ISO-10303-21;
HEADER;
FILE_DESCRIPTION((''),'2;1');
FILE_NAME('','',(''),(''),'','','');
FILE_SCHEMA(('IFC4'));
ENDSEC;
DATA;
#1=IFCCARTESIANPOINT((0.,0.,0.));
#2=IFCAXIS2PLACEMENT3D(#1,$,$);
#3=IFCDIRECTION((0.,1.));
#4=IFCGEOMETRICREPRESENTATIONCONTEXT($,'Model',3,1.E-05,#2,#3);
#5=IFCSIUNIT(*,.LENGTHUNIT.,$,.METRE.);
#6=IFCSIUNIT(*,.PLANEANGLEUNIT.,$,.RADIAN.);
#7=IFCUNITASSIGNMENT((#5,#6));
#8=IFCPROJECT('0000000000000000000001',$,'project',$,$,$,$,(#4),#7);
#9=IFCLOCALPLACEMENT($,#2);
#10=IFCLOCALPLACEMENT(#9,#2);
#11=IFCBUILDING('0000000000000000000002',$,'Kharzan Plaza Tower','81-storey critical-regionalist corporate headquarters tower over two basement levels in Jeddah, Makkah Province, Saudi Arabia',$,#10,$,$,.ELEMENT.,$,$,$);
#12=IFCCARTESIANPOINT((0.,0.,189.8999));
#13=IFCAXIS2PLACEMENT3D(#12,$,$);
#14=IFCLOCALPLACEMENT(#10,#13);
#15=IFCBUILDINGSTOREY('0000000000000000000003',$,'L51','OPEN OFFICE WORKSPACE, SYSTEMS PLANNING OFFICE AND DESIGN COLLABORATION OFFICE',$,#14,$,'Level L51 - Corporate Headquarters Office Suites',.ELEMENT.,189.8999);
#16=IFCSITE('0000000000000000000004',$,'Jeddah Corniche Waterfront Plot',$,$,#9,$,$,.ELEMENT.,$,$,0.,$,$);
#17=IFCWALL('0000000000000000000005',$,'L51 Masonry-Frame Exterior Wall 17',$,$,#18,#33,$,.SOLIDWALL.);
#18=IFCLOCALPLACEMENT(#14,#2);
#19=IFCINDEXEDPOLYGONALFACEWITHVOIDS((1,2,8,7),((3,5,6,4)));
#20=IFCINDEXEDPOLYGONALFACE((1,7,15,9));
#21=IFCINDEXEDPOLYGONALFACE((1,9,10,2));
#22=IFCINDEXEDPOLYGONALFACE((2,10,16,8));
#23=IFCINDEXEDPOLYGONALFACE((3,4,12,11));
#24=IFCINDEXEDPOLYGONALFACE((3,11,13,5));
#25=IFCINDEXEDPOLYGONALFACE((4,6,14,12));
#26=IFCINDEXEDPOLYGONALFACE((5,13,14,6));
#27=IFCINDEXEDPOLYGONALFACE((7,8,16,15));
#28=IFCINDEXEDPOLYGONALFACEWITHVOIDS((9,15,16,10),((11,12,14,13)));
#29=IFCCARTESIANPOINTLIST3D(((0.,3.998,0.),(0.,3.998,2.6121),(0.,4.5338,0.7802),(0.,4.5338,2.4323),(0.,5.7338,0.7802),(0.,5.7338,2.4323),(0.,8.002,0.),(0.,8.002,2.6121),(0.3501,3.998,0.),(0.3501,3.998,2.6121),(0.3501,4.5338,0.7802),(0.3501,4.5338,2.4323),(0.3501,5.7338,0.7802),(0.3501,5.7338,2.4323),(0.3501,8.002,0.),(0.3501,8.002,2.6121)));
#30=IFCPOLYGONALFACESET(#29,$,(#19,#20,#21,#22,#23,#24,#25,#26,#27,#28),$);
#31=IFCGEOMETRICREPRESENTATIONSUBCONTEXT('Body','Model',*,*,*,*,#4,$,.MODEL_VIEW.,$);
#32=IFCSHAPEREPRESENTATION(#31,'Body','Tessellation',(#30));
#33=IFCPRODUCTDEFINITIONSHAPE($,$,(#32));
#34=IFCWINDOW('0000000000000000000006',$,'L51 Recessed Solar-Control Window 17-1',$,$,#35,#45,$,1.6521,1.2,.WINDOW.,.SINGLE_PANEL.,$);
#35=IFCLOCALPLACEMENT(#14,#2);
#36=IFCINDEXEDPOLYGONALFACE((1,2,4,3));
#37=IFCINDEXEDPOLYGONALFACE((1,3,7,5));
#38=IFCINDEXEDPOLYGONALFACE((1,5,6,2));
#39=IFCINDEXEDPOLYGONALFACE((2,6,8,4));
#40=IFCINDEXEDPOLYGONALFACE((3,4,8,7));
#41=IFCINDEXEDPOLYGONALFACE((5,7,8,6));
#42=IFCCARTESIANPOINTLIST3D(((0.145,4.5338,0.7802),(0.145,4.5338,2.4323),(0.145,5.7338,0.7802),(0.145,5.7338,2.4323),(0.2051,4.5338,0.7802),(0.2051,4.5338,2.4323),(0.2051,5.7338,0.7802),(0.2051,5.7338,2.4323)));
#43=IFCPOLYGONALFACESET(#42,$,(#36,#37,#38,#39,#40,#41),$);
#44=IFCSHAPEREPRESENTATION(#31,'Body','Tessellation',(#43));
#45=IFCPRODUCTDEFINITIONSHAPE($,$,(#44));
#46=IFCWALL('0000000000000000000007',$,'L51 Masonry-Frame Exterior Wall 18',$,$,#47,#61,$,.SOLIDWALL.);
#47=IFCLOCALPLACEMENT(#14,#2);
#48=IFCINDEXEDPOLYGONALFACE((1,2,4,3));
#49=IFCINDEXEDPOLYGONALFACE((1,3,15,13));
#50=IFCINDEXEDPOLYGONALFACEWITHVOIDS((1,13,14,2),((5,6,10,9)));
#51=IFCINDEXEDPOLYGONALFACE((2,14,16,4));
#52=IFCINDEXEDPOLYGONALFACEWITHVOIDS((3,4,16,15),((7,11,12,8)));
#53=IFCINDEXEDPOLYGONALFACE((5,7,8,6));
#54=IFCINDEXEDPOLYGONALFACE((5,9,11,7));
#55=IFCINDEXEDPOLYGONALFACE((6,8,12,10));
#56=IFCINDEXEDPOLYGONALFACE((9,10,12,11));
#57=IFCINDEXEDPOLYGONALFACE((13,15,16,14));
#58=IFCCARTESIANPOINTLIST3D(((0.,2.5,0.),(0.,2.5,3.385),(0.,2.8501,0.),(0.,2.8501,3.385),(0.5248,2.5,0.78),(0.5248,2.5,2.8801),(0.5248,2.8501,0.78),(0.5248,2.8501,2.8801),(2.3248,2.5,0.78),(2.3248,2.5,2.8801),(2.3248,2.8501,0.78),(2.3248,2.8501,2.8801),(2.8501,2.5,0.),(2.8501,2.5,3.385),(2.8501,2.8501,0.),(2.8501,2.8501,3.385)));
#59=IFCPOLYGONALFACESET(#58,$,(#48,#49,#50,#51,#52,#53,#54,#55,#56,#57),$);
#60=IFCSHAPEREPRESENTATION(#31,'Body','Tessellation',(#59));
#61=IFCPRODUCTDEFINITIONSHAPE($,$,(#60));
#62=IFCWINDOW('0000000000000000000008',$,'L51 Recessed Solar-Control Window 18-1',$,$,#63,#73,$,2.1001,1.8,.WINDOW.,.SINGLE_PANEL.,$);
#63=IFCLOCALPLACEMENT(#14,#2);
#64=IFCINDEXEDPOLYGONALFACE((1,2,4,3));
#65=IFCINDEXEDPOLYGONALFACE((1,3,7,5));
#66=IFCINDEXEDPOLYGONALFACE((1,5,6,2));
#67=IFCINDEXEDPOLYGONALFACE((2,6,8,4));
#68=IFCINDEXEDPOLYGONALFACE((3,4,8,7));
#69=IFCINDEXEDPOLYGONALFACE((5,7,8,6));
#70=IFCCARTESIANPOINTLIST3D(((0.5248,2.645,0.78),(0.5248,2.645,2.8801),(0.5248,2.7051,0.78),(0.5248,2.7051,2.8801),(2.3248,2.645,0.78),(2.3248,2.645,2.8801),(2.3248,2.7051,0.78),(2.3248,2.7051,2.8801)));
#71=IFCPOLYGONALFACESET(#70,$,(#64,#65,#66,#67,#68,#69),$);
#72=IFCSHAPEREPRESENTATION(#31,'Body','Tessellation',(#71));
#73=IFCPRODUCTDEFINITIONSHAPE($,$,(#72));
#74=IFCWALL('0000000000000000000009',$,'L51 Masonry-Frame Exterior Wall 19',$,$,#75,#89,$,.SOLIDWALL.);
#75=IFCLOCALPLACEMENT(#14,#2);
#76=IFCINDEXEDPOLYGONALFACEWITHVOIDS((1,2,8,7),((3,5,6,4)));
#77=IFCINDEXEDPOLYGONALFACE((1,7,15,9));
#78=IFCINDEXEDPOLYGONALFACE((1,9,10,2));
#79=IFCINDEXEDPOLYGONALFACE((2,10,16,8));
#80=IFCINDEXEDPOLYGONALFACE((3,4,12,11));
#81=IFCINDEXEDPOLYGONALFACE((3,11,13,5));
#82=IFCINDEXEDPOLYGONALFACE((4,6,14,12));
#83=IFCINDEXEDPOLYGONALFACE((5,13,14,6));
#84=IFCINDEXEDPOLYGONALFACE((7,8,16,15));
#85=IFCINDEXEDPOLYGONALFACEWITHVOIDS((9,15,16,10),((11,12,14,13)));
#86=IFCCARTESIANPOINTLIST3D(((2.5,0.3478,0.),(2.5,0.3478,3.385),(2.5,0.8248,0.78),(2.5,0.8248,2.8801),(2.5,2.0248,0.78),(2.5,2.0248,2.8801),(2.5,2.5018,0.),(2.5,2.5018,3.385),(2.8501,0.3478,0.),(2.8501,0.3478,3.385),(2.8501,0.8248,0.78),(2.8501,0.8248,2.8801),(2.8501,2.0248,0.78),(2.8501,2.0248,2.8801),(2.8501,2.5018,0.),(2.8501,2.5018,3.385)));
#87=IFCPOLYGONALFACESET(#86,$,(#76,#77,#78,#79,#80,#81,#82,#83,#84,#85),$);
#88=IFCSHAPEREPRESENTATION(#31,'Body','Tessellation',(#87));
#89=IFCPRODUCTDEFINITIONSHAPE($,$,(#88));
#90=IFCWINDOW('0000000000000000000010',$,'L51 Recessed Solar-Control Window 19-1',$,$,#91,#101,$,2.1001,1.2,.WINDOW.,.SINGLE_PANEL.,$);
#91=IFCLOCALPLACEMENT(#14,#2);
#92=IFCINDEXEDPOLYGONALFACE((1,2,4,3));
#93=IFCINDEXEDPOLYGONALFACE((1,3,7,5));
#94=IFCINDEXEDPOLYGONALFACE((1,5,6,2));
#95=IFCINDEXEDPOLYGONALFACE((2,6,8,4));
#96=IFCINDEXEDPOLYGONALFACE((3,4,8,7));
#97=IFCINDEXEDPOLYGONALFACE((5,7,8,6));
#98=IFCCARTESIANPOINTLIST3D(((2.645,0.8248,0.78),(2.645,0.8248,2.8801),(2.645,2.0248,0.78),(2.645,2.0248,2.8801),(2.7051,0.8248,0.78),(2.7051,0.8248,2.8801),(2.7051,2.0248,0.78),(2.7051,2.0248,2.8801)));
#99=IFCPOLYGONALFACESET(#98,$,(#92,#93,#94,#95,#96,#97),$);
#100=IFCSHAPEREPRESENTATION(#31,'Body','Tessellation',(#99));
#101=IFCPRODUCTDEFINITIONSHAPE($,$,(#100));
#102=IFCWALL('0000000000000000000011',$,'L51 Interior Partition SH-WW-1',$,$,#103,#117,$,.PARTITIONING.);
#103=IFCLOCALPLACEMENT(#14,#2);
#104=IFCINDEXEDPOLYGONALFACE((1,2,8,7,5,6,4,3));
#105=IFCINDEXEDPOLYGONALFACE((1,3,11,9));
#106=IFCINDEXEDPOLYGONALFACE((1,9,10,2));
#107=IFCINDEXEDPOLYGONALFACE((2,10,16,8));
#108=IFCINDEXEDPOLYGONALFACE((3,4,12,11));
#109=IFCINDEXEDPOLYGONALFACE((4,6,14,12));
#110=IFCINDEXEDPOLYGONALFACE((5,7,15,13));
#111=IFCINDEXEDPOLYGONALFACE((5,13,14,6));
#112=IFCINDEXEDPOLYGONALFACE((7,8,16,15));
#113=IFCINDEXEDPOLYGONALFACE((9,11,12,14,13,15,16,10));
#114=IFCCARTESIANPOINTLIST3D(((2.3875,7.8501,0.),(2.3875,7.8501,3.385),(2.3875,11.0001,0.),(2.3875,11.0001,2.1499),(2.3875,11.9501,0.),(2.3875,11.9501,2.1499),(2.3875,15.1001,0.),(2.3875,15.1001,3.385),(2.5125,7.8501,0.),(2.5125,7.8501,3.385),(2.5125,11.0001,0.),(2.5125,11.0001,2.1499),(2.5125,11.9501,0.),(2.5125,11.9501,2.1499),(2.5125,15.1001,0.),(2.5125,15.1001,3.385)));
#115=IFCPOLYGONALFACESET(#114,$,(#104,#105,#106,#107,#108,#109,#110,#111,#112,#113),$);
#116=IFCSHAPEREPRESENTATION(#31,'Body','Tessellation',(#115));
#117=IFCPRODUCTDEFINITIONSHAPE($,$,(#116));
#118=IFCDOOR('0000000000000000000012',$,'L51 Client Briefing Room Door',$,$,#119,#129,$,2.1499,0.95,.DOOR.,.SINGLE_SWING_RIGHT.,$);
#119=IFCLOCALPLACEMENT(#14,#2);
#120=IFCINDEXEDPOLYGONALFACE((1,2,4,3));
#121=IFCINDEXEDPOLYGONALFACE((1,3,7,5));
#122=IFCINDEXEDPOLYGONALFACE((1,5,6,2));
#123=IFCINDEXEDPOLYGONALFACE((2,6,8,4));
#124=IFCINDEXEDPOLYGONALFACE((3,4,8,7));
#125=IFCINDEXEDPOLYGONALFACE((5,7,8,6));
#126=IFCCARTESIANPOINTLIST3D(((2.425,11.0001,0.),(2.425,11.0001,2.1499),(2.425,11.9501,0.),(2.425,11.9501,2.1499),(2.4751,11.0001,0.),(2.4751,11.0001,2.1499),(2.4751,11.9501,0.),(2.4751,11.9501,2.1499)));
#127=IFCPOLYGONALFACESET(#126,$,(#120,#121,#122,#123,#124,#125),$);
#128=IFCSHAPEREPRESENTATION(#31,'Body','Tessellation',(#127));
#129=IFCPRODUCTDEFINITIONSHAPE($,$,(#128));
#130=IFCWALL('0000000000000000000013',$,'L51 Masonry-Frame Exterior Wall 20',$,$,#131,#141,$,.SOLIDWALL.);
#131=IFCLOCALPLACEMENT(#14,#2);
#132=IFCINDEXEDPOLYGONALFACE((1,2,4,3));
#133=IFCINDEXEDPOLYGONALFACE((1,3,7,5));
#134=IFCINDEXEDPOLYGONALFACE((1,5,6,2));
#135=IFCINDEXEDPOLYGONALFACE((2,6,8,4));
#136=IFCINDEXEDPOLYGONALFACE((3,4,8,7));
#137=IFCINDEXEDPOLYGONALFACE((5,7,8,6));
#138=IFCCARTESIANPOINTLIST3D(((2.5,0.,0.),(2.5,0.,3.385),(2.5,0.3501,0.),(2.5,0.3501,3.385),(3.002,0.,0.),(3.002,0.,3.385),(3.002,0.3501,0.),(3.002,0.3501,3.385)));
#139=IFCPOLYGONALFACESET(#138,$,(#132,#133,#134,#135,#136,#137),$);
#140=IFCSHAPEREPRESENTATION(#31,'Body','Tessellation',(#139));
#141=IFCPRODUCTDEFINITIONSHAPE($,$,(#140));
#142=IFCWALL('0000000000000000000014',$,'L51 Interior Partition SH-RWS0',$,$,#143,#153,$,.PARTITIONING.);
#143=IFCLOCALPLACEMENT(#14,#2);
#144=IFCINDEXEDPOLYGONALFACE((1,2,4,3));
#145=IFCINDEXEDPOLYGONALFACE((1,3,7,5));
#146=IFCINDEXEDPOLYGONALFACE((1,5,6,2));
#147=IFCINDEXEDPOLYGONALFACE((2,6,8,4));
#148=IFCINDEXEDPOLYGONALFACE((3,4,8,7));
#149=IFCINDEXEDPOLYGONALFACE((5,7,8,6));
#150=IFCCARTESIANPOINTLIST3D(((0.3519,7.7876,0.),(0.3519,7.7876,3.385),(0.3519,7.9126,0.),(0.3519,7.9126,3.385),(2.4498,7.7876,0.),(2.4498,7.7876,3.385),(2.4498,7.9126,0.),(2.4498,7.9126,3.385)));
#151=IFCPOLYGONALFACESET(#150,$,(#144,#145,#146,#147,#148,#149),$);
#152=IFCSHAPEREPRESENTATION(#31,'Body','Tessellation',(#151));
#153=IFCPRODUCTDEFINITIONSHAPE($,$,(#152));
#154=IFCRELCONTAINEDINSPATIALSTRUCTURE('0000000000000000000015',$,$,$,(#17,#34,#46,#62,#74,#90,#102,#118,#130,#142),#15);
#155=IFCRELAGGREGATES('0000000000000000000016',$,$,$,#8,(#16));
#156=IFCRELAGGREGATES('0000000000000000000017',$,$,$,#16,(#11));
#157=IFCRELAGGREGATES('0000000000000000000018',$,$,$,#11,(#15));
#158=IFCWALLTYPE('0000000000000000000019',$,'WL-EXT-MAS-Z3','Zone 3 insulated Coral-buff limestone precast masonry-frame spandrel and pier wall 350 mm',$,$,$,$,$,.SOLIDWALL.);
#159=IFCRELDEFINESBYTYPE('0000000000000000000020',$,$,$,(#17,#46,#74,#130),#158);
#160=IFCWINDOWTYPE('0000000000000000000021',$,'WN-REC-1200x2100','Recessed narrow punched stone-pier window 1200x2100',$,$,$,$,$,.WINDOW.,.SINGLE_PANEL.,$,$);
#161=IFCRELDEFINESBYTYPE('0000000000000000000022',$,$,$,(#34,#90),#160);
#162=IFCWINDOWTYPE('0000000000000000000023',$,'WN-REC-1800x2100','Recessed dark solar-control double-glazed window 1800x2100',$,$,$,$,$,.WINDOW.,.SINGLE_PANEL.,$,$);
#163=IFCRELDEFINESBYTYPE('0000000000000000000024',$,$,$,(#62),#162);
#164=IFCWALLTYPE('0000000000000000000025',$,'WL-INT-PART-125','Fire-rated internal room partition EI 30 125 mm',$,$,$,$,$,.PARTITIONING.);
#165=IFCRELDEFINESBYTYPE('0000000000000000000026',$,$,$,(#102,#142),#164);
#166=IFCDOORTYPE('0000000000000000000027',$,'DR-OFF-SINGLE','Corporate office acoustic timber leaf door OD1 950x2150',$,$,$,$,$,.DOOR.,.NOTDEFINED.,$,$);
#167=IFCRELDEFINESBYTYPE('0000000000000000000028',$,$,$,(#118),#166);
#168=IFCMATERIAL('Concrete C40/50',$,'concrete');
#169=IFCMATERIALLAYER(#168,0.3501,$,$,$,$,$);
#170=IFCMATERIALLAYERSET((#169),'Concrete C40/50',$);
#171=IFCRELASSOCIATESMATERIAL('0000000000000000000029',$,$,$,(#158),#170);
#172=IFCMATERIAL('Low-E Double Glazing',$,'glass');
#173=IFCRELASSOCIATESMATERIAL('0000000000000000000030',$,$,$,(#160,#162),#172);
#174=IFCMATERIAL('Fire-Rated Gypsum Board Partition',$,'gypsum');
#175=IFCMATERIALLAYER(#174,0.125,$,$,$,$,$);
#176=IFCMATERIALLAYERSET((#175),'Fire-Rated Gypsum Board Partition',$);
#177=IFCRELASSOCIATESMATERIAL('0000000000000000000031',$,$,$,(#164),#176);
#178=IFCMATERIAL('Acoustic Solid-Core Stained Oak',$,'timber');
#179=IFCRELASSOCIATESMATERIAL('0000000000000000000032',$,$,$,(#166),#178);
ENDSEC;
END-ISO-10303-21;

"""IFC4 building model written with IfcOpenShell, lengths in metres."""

from ifc_helpers import new_model, si_unit, direction, frame, frame_2d, origin, place, context, subcontext, project, spatial, rectangle, extrude, source, transform, mapped, material, layer, layer_set, type_object, element, fill, save


model = new_model("IFC4")

# Units and contexts
model_context = context("Model", 3, precision=1e-05, world=origin(), true_north=direction((0.0, 1.0)))
body_context = subcontext(model_context, "Body", "Model", "MODEL_VIEW")
ifc_project = project(units=[si_unit("LENGTHUNIT", "METRE"), si_unit("PLANEANGLEUNIT", "RADIAN")], contexts=[model_context])

# Site, building, storey
site_placement = place(None, origin())
site = spatial("IfcSite", under=ifc_project, at=site_placement, Name="Jeddah Corniche Waterfront Plot", CompositionType="ELEMENT", RefElevation=0.0)
building_placement = place(site_placement, origin())
building = spatial("IfcBuilding", under=site, at=building_placement, Name="Kharzan Plaza Tower", Description="81-storey critical-regionalist corporate headquarters tower over two basement levels in Jeddah, Makkah Province, Saudi Arabia", CompositionType="ELEMENT")
storey_placement = place(building_placement, frame((0.0, 0.0, 189.8999)))
storey = spatial("IfcBuildingStorey", under=building, at=storey_placement, Name="L51", Description="OPEN OFFICE WORKSPACE, SYSTEMS PLANNING OFFICE AND DESIGN COLLABORATION OFFICE", LongName="Level L51 - Corporate Headquarters Office Suites", CompositionType="ELEMENT", Elevation=189.8999)

# Shared definitions
ifc_material_1 = material(Name="Concrete C40/50", Category="concrete")

# Walls, openings, windows
ifc_layer_1 = layer(ifc_material_1, 0.3501)
ifc_layer_set_1 = layer_set([ifc_layer_1], Name="Concrete C40/50")
wall_type_1 = type_object("IfcWallType", Name="WL-EXT-MAS-Z3", Description="Zone 3 insulated Coral-buff limestone precast masonry-frame spandrel and pier wall 350 mm", PredefinedType="SOLIDWALL", material=ifc_layer_set_1)
wall_1_placement = place(storey_placement, frame((0.175, 8.002, 0.0), z_axis=(0.0, 0.0, 1.0), x_axis=(0.0, -1.0, 0.0)))
wall_1 = element("IfcWall", 1, at=wall_1_placement, inside=storey, type_object=wall_type_1, Name="L51 Masonry-Frame Exterior Wall 17", PredefinedType="SOLIDWALL", context=body_context, shape_type="SweptSolid", body=[
    extrude(rectangle(XDim=4.0039, YDim=0.3501, at=frame_2d((2.002, 0.0))), origin(), (0.0, 0.0, 1.0), 2.6121),
])
opening_1_placement = place(wall_1_placement, frame((2.2681, 0.0, 0.78)))
opening_1 = element("IfcOpeningElement", 2, at=opening_1_placement, cuts=wall_1, PredefinedType="OPENING", context=body_context, shape_type="SweptSolid", body=[
    extrude(rectangle(XDim=1.2, YDim=1.6521, at=frame_2d((0.6001, 0.8262))), frame((0.0, 0.1851, 0.0), z_axis=(0.0, -1.0, 0.0), x_axis=(1.0, 0.0, 0.0)), (0.0, 0.0, 1.0), 0.3701),
])
ifc_material_2 = material(Name="Low-E Double Glazing", Category="glass")
window_type_1 = type_object("IfcWindowType", Name="WN-REC-1200x2100", Description="Recessed narrow punched stone-pier window 1200x2100", PartitioningType="SINGLE_PANEL", PredefinedType="WINDOW", material=ifc_material_2)
shared_shape_1 = source(origin(), body_context, "Body", "SweptSolid", [
    extrude(rectangle(XDim=1.2, YDim=1.6521, at=frame_2d((0.6001, 0.8262))), frame((0.0, 0.03, 0.0), z_axis=(0.0, -1.0, 0.0), x_axis=(1.0, 0.0, 0.0)), (0.0, 0.0, 1.0), 0.0601),
])
window_1_placement = place(opening_1_placement, origin())
window_1 = element("IfcWindow", 3, at=window_1_placement, inside=storey, type_object=window_type_1, Name="L51 Recessed Solar-Control Window 17-1", OverallHeight=1.6521, OverallWidth=1.2, PartitioningType="SINGLE_PANEL", PredefinedType="WINDOW", context=body_context, shape_type="MappedRepresentation", body=[
    mapped(shared_shape_1, transform((0.0, 0.0, 0.0), x_axis=(1.0, 0.0, 0.0), y_axis=(0.0, 1.0, 0.0), z_axis=(0.0, 0.0, 1.0))),
])
fill(opening_1, window_1)
wall_2_placement = place(storey_placement, frame((0.0, 2.675, 0.0), z_axis=(0.0, 0.0, 1.0), x_axis=(1.0, 0.0, 0.0)))
wall_2 = element("IfcWall", 4, at=wall_2_placement, inside=storey, type_object=wall_type_1, Name="L51 Masonry-Frame Exterior Wall 18", PredefinedType="SOLIDWALL", context=body_context, shape_type="SweptSolid", body=[
    extrude(rectangle(XDim=2.8501, YDim=0.3501, at=frame_2d((1.425, 0.0))), origin(), (0.0, 0.0, 1.0), 3.385),
])
opening_2_placement = place(wall_2_placement, frame((0.5249, 0.0, 0.78)))
opening_2 = element("IfcOpeningElement", 5, at=opening_2_placement, cuts=wall_2, PredefinedType="OPENING", context=body_context, shape_type="SweptSolid", body=[
    extrude(rectangle(XDim=1.8, YDim=2.1001, at=frame_2d((0.8999, 1.05))), frame((0.0, 0.1851, 0.0), z_axis=(0.0, -1.0, 0.0), x_axis=(1.0, 0.0, 0.0)), (0.0, 0.0, 1.0), 0.3701),
])
window_type_2 = type_object("IfcWindowType", Name="WN-REC-1800x2100", Description="Recessed dark solar-control double-glazed window 1800x2100", PartitioningType="SINGLE_PANEL", PredefinedType="WINDOW", material=ifc_material_2)
shared_shape_2 = source(origin(), body_context, "Body", "SweptSolid", [
    extrude(rectangle(XDim=1.8, YDim=2.1001, at=frame_2d((0.8999, 1.05))), frame((0.0, 0.03, 0.0), z_axis=(0.0, -1.0, 0.0), x_axis=(1.0, 0.0, 0.0)), (0.0, 0.0, 1.0), 0.0601),
])
window_2_placement = place(opening_2_placement, origin())
window_2 = element("IfcWindow", 6, at=window_2_placement, inside=storey, type_object=window_type_2, Name="L51 Recessed Solar-Control Window 18-1", OverallHeight=2.1001, OverallWidth=1.8, PartitioningType="SINGLE_PANEL", PredefinedType="WINDOW", context=body_context, shape_type="MappedRepresentation", body=[
    mapped(shared_shape_2, transform((0.0, 0.0, 0.0), x_axis=(1.0, 0.0, 0.0), y_axis=(0.0, 1.0, 0.0), z_axis=(0.0, 0.0, 1.0))),
])
fill(opening_2, window_2)
wall_3_placement = place(storey_placement, frame((2.675, 2.502, 0.0), z_axis=(0.0, 0.0, 1.0), x_axis=(0.0, -1.0, 0.0)))
wall_3 = element("IfcWall", 7, at=wall_3_placement, inside=storey, type_object=wall_type_1, Name="L51 Masonry-Frame Exterior Wall 19", PredefinedType="SOLIDWALL", context=body_context, shape_type="SweptSolid", body=[
    extrude(rectangle(XDim=2.1541, YDim=0.3501, at=frame_2d((1.0771, 0.0))), origin(), (0.0, 0.0, 1.0), 3.385),
])
opening_3_placement = place(wall_3_placement, frame((0.4771, 0.0, 0.78)))
opening_3 = element("IfcOpeningElement", 8, at=opening_3_placement, cuts=wall_3, PredefinedType="OPENING", context=body_context, shape_type="SweptSolid", body=[
    extrude(rectangle(XDim=1.2, YDim=2.1001, at=frame_2d((0.6001, 1.05))), frame((0.0, 0.1851, 0.0), z_axis=(0.0, -1.0, 0.0), x_axis=(1.0, 0.0, 0.0)), (0.0, 0.0, 1.0), 0.3701),
])
shared_shape_3 = source(origin(), body_context, "Body", "SweptSolid", [
    extrude(rectangle(XDim=1.2, YDim=2.1001, at=frame_2d((0.6001, 1.05))), frame((0.0, 0.03, 0.0), z_axis=(0.0, -1.0, 0.0), x_axis=(1.0, 0.0, 0.0)), (0.0, 0.0, 1.0), 0.0601),
])
window_3_placement = place(opening_3_placement, origin())
window_3 = element("IfcWindow", 9, at=window_3_placement, inside=storey, type_object=window_type_1, Name="L51 Recessed Solar-Control Window 19-1", OverallHeight=2.1001, OverallWidth=1.2, PartitioningType="SINGLE_PANEL", PredefinedType="WINDOW", context=body_context, shape_type="MappedRepresentation", body=[
    mapped(shared_shape_3, transform((0.0, 0.0, 0.0), x_axis=(1.0, 0.0, 0.0), y_axis=(0.0, 1.0, 0.0), z_axis=(0.0, 0.0, 1.0))),
])
fill(opening_3, window_3)

# Wall, opening, door
ifc_material_3 = material(Name="Fire-Rated Gypsum Board Partition", Category="gypsum")
ifc_layer_2 = layer(ifc_material_3, 0.125)
ifc_layer_set_2 = layer_set([ifc_layer_2], Name="Fire-Rated Gypsum Board Partition")
wall_type_2 = type_object("IfcWallType", Name="WL-INT-PART-125", Description="Fire-rated internal room partition EI 30 125 mm", PredefinedType="PARTITIONING", material=ifc_layer_set_2)
ifc_material_4 = material(Name="Acoustic Solid-Core Stained Oak", Category="timber")
door_type = type_object("IfcDoorType", Name="DR-OFF-SINGLE", Description="Corporate office acoustic timber leaf door OD1 950x2150", OperationType="NOTDEFINED", PredefinedType="DOOR", material=ifc_material_4)
shared_shape_4 = source(origin(), body_context, "Body", "SweptSolid", [
    extrude(rectangle(XDim=0.95, YDim=2.1499, at=frame_2d((0.4751, 1.075))), frame((0.0, 0.0249, 0.0), z_axis=(0.0, -1.0, 0.0), x_axis=(1.0, 0.0, 0.0)), (0.0, 0.0, 1.0), 0.05),
])
wall_4_placement = place(storey_placement, frame((2.45, 7.8501, 0.0), z_axis=(0.0, 0.0, 1.0), x_axis=(0.0, 1.0, 0.0)))
wall_4 = element("IfcWall", 10, at=wall_4_placement, inside=storey, type_object=wall_type_2, Name="L51 Interior Partition SH-WW-1", PredefinedType="PARTITIONING", context=body_context, shape_type="SweptSolid", body=[
    extrude(rectangle(XDim=7.25, YDim=0.125, at=frame_2d((3.625, 0.0))), origin(), (0.0, 0.0, 1.0), 3.385),
])
opening_4_placement = place(wall_4_placement, frame((3.1499, 0.0, 0.0)))
opening_4 = element("IfcOpeningElement", 11, at=opening_4_placement, cuts=wall_4, PredefinedType="OPENING", context=body_context, shape_type="SweptSolid", body=[
    extrude(rectangle(XDim=0.95, YDim=2.1499, at=frame_2d((0.4751, 1.075))), frame((0.0, 0.0725, 0.0), z_axis=(0.0, -1.0, 0.0), x_axis=(1.0, 0.0, 0.0)), (0.0, 0.0, 1.0), 0.145),
])
door_1_placement = place(opening_4_placement, origin())
door_1 = element("IfcDoor", 12, at=door_1_placement, inside=storey, type_object=door_type, Name="L51 Client Briefing Room Door", OperationType="SINGLE_SWING_RIGHT", OverallHeight=2.1499, OverallWidth=0.95, PredefinedType="DOOR", context=body_context, shape_type="MappedRepresentation", body=[
    mapped(shared_shape_4, transform((0.0, 0.0, 0.0), x_axis=(1.0, 0.0, 0.0), y_axis=(0.0, 1.0, 0.0), z_axis=(0.0, 0.0, 1.0))),
])
fill(opening_4, door_1)

# Walls
shared_shape_5 = source(origin(), body_context, "Body", "SweptSolid", [
    extrude(rectangle(XDim=0.502, YDim=0.3501, at=frame_2d((0.251, 0.0))), origin(), (0.0, 0.0, 1.0), 3.385),
])
wall_5_placement = place(storey_placement, frame((2.5, 0.175, 0.0), z_axis=(0.0, 0.0, 1.0), x_axis=(1.0, 0.0, 0.0)))
element("IfcWall", 13, at=wall_5_placement, inside=storey, type_object=wall_type_1, Name="L51 Masonry-Frame Exterior Wall 20", PredefinedType="SOLIDWALL", context=body_context, shape_type="MappedRepresentation", body=[
    mapped(shared_shape_5, transform((0.0, 0.0, 0.0), x_axis=(1.0, 0.0, 0.0), y_axis=(0.0, 1.0, 0.0), z_axis=(0.0, 0.0, 1.0))),
])
shared_shape_6 = source(origin(), body_context, "Body", "SweptSolid", [
    extrude(rectangle(XDim=2.0979, YDim=0.125, at=frame_2d((1.0488, 0.0))), origin(), (0.0, 0.0, 1.0), 3.385),
])
wall_6_placement = place(storey_placement, frame((0.3521, 7.8501, 0.0), z_axis=(0.0, 0.0, 1.0), x_axis=(1.0, 0.0, 0.0)))
element("IfcWall", 14, at=wall_6_placement, inside=storey, type_object=wall_type_2, Name="L51 Interior Partition SH-RWS0", PredefinedType="PARTITIONING", context=body_context, shape_type="MappedRepresentation", body=[
    mapped(shared_shape_6, transform((0.0, 0.0, 0.0), x_axis=(1.0, 0.0, 0.0), y_axis=(0.0, 1.0, 0.0), z_axis=(0.0, 0.0, 1.0))),
])

save(model, "model.ifc")
